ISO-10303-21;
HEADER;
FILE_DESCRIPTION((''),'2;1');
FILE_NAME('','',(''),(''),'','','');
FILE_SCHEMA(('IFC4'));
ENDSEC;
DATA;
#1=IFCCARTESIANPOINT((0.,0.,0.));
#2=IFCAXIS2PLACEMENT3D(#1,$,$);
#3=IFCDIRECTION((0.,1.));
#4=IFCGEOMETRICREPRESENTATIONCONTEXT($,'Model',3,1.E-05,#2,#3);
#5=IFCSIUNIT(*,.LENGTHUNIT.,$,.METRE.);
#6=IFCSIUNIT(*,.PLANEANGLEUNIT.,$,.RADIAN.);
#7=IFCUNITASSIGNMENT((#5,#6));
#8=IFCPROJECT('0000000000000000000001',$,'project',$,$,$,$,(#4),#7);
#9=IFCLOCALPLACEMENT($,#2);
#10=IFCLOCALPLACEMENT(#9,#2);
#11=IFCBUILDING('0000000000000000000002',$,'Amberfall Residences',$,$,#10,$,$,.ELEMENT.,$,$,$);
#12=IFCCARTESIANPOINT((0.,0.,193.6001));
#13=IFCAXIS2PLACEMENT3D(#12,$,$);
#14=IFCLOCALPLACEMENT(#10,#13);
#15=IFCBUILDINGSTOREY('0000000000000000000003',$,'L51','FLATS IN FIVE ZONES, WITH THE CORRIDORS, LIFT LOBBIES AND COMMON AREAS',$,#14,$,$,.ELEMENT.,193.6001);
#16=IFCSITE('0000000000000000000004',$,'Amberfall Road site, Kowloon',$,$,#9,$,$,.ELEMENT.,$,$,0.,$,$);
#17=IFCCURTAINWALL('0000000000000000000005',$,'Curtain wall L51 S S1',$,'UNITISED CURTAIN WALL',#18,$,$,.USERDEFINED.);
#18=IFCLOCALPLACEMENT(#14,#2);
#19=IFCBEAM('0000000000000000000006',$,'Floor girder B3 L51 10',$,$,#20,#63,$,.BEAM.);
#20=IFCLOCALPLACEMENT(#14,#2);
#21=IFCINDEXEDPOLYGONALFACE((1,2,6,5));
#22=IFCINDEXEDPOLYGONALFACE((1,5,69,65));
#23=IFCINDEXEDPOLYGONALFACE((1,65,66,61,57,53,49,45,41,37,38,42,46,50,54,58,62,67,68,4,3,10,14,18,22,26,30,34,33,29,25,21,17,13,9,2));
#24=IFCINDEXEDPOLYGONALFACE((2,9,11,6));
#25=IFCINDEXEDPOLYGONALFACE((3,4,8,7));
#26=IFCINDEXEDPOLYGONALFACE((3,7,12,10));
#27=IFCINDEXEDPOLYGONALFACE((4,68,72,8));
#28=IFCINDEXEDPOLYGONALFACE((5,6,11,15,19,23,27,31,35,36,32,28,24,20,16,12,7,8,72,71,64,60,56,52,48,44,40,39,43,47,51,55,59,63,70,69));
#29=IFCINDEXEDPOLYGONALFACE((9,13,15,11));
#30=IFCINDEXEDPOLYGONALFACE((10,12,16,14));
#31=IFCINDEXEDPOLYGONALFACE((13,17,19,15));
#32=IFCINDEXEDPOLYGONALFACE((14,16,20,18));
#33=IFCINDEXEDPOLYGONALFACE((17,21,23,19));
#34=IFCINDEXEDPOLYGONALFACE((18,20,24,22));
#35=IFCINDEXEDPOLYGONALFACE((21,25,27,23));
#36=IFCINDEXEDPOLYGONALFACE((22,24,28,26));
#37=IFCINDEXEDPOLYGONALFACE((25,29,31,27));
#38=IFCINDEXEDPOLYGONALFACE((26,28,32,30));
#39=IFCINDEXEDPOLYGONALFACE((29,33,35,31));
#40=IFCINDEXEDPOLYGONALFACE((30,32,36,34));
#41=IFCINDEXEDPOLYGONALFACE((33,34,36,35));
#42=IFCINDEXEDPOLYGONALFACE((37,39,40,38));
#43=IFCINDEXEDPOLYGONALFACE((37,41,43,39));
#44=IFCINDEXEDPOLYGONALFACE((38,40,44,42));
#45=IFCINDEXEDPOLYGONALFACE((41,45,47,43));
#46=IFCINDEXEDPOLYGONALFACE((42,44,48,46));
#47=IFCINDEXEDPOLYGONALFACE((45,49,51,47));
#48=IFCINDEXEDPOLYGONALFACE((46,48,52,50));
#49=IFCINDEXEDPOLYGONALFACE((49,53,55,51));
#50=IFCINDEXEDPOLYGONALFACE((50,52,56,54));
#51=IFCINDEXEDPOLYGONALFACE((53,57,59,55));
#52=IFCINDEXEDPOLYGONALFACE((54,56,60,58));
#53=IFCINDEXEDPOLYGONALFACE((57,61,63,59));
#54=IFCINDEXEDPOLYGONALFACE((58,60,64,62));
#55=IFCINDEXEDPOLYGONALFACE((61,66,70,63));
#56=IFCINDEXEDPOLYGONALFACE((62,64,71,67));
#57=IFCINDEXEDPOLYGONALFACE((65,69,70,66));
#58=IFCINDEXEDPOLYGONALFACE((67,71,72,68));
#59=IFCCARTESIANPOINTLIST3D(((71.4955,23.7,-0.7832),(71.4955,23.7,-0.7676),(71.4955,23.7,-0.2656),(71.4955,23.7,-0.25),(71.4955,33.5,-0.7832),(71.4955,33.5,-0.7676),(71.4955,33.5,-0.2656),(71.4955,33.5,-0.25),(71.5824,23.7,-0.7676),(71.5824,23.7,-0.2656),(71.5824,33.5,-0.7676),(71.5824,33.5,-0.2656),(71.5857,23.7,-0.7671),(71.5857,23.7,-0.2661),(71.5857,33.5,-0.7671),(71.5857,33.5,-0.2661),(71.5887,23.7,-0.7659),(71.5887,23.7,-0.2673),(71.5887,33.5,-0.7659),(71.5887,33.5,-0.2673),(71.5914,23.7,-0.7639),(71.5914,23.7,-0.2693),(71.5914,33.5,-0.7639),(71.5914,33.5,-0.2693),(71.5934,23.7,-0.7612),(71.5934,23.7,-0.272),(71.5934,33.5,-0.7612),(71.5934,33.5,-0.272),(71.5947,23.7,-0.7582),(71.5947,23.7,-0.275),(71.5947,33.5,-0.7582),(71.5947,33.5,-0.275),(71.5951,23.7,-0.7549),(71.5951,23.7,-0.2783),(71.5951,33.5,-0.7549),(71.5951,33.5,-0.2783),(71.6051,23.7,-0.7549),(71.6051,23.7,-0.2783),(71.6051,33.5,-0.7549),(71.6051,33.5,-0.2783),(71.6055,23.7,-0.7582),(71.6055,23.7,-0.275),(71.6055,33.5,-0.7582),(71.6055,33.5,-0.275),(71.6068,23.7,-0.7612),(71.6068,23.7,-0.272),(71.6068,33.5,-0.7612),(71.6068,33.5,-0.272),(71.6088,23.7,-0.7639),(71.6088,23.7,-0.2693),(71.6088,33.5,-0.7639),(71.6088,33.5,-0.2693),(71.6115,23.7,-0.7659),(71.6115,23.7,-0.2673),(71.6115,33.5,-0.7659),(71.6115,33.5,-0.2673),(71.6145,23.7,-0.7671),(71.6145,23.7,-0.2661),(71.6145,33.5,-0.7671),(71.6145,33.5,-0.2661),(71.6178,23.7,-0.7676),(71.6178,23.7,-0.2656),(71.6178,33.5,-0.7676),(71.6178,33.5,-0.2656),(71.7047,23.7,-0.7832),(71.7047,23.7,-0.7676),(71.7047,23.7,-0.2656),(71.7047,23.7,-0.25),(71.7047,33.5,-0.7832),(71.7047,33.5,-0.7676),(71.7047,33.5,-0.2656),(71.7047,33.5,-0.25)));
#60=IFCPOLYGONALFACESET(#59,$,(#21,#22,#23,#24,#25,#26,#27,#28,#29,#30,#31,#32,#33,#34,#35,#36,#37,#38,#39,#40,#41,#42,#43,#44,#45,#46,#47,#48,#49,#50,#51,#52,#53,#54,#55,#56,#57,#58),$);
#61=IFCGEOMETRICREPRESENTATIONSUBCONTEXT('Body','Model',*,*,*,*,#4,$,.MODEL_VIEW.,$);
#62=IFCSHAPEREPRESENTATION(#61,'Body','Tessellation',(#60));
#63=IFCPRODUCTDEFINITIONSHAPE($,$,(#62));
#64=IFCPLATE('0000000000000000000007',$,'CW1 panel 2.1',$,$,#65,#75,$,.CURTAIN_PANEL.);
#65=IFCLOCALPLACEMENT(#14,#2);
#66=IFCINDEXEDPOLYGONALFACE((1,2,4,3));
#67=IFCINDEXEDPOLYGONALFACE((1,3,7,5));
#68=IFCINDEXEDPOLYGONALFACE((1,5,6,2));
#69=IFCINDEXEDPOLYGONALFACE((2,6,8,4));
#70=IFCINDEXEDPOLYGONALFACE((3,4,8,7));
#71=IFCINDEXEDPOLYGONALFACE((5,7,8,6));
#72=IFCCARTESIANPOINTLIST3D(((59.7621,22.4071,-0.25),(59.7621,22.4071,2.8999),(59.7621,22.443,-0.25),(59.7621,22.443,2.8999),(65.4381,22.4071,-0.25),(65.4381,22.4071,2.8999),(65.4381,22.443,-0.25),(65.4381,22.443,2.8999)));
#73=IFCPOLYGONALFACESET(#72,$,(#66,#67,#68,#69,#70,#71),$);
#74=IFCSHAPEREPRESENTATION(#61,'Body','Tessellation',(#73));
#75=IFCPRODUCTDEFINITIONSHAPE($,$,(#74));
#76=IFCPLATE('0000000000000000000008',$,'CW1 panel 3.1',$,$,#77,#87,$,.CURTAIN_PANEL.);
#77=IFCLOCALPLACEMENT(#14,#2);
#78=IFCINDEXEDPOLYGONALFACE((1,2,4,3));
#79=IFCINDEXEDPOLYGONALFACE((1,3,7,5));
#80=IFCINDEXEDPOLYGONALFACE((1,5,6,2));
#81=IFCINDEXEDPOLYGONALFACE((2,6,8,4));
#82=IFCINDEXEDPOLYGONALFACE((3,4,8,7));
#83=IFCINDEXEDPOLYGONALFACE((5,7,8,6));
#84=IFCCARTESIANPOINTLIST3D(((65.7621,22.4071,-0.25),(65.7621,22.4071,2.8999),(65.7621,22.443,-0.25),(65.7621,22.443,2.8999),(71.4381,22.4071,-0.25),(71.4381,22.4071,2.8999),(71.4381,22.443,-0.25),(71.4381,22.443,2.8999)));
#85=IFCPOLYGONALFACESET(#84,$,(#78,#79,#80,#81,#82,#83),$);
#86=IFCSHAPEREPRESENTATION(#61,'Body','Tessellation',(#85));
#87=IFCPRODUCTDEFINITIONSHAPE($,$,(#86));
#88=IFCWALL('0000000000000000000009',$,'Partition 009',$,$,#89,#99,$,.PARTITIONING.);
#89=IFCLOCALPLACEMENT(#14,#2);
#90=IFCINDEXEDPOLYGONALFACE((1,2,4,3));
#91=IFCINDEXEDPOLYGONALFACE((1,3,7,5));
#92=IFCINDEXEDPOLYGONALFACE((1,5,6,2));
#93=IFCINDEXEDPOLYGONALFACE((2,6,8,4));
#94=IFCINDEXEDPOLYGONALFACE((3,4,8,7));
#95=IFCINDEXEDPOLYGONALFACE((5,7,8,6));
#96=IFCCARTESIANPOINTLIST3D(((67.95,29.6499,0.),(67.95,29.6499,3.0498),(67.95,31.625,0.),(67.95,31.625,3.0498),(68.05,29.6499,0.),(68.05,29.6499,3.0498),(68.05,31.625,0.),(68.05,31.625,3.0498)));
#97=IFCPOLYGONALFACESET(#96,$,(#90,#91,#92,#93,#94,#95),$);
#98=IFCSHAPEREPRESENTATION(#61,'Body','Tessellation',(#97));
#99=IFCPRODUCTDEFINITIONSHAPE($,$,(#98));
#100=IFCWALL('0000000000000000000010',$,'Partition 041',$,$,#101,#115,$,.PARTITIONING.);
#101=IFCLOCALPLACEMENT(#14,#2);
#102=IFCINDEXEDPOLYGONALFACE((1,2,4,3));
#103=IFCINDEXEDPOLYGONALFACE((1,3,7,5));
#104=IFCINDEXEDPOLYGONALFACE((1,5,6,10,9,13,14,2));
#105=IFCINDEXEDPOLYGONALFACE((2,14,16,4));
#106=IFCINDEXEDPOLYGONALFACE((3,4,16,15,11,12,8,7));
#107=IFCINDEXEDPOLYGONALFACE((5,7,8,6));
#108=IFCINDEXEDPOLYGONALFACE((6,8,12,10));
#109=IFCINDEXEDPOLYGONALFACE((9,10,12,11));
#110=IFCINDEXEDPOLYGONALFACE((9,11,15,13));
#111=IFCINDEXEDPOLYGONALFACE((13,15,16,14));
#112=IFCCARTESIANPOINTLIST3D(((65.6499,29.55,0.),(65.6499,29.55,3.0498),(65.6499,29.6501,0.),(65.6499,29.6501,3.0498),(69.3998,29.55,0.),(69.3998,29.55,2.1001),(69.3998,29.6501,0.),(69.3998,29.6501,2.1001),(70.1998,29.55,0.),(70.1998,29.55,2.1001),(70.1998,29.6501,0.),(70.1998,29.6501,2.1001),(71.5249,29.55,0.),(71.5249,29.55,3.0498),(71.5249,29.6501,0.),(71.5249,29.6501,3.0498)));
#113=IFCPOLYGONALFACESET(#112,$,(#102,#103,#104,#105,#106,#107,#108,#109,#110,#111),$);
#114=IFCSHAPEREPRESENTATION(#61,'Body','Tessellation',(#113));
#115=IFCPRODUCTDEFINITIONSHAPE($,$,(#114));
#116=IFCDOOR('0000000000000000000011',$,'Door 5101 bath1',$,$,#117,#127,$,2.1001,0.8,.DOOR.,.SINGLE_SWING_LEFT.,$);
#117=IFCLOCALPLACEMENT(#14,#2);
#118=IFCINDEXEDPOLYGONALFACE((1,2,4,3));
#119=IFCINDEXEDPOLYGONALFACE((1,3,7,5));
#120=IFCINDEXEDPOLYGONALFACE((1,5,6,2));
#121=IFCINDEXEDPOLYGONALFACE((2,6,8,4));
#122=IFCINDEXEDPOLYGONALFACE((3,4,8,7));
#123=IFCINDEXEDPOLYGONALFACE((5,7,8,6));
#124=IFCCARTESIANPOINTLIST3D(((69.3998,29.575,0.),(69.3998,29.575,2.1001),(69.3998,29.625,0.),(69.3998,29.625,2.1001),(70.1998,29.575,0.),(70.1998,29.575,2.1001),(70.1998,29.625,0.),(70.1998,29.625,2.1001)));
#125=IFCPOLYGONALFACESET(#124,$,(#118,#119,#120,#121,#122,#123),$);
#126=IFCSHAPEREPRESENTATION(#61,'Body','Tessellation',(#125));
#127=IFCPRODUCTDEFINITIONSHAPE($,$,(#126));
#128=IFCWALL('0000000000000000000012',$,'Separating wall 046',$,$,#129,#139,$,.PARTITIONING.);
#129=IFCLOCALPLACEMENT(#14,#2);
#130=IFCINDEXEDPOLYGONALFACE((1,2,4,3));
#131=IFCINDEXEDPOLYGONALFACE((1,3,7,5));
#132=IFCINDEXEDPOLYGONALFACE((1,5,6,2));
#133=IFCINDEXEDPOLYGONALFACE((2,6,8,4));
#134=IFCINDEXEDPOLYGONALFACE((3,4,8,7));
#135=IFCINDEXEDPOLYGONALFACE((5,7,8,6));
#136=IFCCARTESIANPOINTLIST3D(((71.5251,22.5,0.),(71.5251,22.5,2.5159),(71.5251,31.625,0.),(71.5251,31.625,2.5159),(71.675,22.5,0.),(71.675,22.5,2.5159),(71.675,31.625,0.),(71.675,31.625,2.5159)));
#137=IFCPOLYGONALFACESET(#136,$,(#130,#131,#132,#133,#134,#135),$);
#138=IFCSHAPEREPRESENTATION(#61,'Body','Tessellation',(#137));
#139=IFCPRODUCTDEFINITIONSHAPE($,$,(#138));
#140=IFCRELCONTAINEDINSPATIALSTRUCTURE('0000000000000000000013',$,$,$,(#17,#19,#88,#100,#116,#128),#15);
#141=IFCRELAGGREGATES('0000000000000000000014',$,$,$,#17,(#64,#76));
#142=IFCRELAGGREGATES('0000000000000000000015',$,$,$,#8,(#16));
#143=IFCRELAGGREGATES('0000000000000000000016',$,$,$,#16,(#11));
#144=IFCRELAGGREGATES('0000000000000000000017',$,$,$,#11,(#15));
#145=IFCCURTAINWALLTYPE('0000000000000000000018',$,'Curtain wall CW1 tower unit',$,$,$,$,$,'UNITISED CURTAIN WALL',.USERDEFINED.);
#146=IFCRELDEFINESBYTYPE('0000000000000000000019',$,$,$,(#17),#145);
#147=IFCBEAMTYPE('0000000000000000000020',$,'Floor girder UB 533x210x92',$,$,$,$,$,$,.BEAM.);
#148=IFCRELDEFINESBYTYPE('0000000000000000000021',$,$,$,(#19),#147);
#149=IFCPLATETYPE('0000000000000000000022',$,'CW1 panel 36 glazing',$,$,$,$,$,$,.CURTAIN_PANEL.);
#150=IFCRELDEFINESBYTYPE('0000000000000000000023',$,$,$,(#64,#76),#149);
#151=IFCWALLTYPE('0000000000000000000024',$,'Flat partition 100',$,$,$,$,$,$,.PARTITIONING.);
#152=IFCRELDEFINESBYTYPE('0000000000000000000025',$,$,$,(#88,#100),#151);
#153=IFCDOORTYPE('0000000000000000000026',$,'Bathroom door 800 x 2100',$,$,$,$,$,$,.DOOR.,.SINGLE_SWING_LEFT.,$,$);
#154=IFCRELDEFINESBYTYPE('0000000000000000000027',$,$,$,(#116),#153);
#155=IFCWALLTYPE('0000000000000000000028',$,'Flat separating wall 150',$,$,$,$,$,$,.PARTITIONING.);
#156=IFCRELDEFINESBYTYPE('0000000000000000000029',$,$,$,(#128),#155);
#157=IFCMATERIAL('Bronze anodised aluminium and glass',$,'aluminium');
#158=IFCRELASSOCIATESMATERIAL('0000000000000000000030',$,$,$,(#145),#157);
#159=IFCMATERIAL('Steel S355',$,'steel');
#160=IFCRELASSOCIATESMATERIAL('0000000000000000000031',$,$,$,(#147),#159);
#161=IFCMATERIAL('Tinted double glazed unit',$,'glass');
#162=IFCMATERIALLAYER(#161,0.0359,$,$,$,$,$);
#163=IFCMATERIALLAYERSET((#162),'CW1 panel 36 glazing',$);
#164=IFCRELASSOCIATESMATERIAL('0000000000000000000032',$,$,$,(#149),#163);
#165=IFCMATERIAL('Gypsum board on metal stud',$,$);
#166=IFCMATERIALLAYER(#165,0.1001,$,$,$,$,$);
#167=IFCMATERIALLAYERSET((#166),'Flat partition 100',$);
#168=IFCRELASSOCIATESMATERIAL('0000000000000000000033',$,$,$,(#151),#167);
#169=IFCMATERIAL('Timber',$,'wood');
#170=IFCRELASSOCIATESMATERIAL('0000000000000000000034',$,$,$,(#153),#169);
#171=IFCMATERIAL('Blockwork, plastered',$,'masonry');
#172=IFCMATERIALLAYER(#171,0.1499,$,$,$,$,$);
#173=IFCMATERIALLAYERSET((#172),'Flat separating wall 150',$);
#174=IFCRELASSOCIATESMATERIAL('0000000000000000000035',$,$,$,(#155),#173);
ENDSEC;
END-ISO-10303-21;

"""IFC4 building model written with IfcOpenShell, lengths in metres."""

from ifc_helpers import new_model, si_unit, direction, frame, frame_2d, origin, origin_2d, place, context, subcontext, project, spatial, rectangle, i_section, extrude, material, layer, layer_set, material_profile, profile_set, type_object, element, fill, aggregate, save


model = new_model("IFC4")

# Units and contexts
model_context = context("Model", 3, precision=1e-05, world=origin(), true_north=direction((0.0, 1.0)))
body_context = subcontext(model_context, "Body", "Model", "MODEL_VIEW")
ifc_project = project(units=[si_unit("LENGTHUNIT", "METRE"), si_unit("PLANEANGLEUNIT", "RADIAN")], contexts=[model_context])

# Site, building, storey
site_placement = place(None, origin())
site = spatial("IfcSite", under=ifc_project, at=site_placement, Name="Amberfall Road site, Kowloon", CompositionType="ELEMENT", RefElevation=0.0)
building_placement = place(site_placement, origin())
building = spatial("IfcBuilding", under=site, at=building_placement, Name="Amberfall Residences", CompositionType="ELEMENT")
storey_placement = place(building_placement, frame((0.0, 0.0, 193.6001)))
storey = spatial("IfcBuildingStorey", under=building, at=storey_placement, Name="L51", Description="FLATS IN FIVE ZONES, WITH THE CORRIDORS, LIFT LOBBIES AND COMMON AREAS", CompositionType="ELEMENT", Elevation=193.6001)

# Curtain wall
ifc_material_1 = material(Name="Bronze anodised aluminium and glass", Category="aluminium")
curtain_wall_type = type_object("IfcCurtainWallType", Name="Curtain wall CW1 tower unit", ElementType="UNITISED CURTAIN WALL", PredefinedType="USERDEFINED", material=ifc_material_1)
curtain_wall_placement = place(storey_placement, origin())
curtain_wall = element("IfcCurtainWall", 1, at=curtain_wall_placement, inside=storey, type_object=curtain_wall_type, Name="Curtain wall L51 S S1", ObjectType="UNITISED CURTAIN WALL", PredefinedType="USERDEFINED")

# Shared definitions
ifc_material_2 = material(Name="Steel S355", Category="steel")

# Beam
ifc_material_profile_1 = material_profile(ifc_material_2, i_section(OverallWidth=0.2092, OverallDepth=0.5332, WebThickness=0.01, FlangeThickness=0.0156, FilletRadius=0.0127, at=origin_2d()), Name="UB 533x210x92")
ifc_profile_set_1 = profile_set([ifc_material_profile_1], Name="Steel S355")
beam_type_1 = type_object("IfcBeamType", Name="Floor girder UB 533x210x92", PredefinedType="BEAM", material=ifc_profile_set_1)
for number, where, z_axis, x_axis, name in (
    (2, (71.6001, 23.7, -0.5166), (0.0, 1.0, 0.0), (-1.0, 0.0, 0.0), "Floor girder B3 L51 10"),
):
    element("IfcBeam", number, at=place(storey_placement, frame(where, z_axis=z_axis, x_axis=x_axis)), inside=storey, type_object=beam_type_1, Name=name, PredefinedType="BEAM", context=body_context, shape_type="SweptSolid", body=[
        extrude(i_section(OverallWidth=0.2092, OverallDepth=0.5332, WebThickness=0.01, FlangeThickness=0.0156, FilletRadius=0.0127, at=origin_2d()), origin(), (0.0, 0.0, 1.0), 9.8),
    ])

# Plates
ifc_material_3 = material(Name="Tinted double glazed unit", Category="glass")
ifc_layer_1 = layer(ifc_material_3, 0.0359)
ifc_layer_set_1 = layer_set([ifc_layer_1], Name="CW1 panel 36 glazing")
plate_type = type_object("IfcPlateType", Name="CW1 panel 36 glazing", PredefinedType="CURTAIN_PANEL", material=ifc_layer_set_1)
plate_1_placement = place(storey_placement, frame((62.6001, 22.425, -0.25), z_axis=(0.0, 0.0, 1.0), x_axis=(1.0, 0.0, 0.0)))
plate_1 = element("IfcPlate", 3, at=plate_1_placement, type_object=plate_type, Name="CW1 panel 2.1", PredefinedType="CURTAIN_PANEL", context=body_context, shape_type="SweptSolid", body=[
    extrude(rectangle(XDim=5.676, YDim=0.0359, at=origin_2d()), origin(), (0.0, 0.0, 1.0), 3.1499),
])
plate_2_placement = place(storey_placement, frame((68.6001, 22.425, -0.25), z_axis=(0.0, 0.0, 1.0), x_axis=(1.0, 0.0, 0.0)))
plate_2 = element("IfcPlate", 4, at=plate_2_placement, type_object=plate_type, Name="CW1 panel 3.1", PredefinedType="CURTAIN_PANEL", context=body_context, shape_type="SweptSolid", body=[
    extrude(rectangle(XDim=5.676, YDim=0.0359, at=origin_2d()), origin(), (0.0, 0.0, 1.0), 3.1499),
])
aggregate(curtain_wall, [plate_1, plate_2])

# Wall
ifc_material_4 = material(Name="Gypsum board on metal stud")
ifc_layer_2 = layer(ifc_material_4, 0.1001)
ifc_layer_set_2 = layer_set([ifc_layer_2], Name="Flat partition 100")
wall_type_1 = type_object("IfcWallType", Name="Flat partition 100", PredefinedType="PARTITIONING", material=ifc_layer_set_2)
wall_1_placement = place(storey_placement, frame((68.0, 29.6499, 0.0), z_axis=(0.0, 0.0, 1.0), x_axis=(0.0, 1.0, 0.0)))
element("IfcWall", 5, at=wall_1_placement, inside=storey, type_object=wall_type_1, Name="Partition 009", PredefinedType="PARTITIONING", context=body_context, shape_type="SweptSolid", body=[
    extrude(rectangle(XDim=1.9751, YDim=0.1001, at=frame_2d((0.9875, 0.0))), origin(), (0.0, 0.0, 1.0), 3.0498),
])

# Wall, opening, door
wall_2_placement = place(storey_placement, frame((65.6499, 29.6001, 0.0), z_axis=(0.0, 0.0, 1.0), x_axis=(1.0, 0.0, 0.0)))
wall_2 = element("IfcWall", 6, at=wall_2_placement, inside=storey, type_object=wall_type_1, Name="Partition 041", PredefinedType="PARTITIONING", context=body_context, shape_type="SweptSolid", body=[
    extrude(rectangle(XDim=5.875, YDim=0.1001, at=frame_2d((2.9375, 0.0))), origin(), (0.0, 0.0, 1.0), 3.0498),
])
opening_placement = place(wall_2_placement, frame((3.75, 0.0, 0.0)))
opening = element("IfcOpeningElement", 7, at=opening_placement, cuts=wall_2, PredefinedType="OPENING", context=body_context, shape_type="SweptSolid", body=[
    extrude(rectangle(XDim=0.8, YDim=2.1001, at=frame_2d((0.3999, 1.05))), frame((0.0, 0.0601, 0.0), z_axis=(0.0, -1.0, 0.0), x_axis=(1.0, 0.0, 0.0)), (0.0, 0.0, 1.0), 0.1201),
])
ifc_material_5 = material(Name="Timber", Category="wood")
door_type = type_object("IfcDoorType", Name="Bathroom door 800 x 2100", OperationType="SINGLE_SWING_LEFT", PredefinedType="DOOR", material=ifc_material_5)
door_placement = place(opening_placement, origin())
door = element("IfcDoor", 8, at=door_placement, inside=storey, type_object=door_type, Name="Door 5101 bath1", OperationType="SINGLE_SWING_LEFT", OverallHeight=2.1001, OverallWidth=0.8, PredefinedType="DOOR", context=body_context, shape_type="SweptSolid", body=[
    extrude(rectangle(XDim=0.8, YDim=2.1001, at=frame_2d((0.3999, 1.05))), frame((0.0, 0.0249, 0.0), z_axis=(0.0, -1.0, 0.0), x_axis=(1.0, 0.0, 0.0)), (0.0, 0.0, 1.0), 0.05),
])
fill(opening, door)

# Wall
ifc_material_6 = material(Name="Blockwork, plastered", Category="masonry")
ifc_layer_3 = layer(ifc_material_6, 0.1499)
ifc_layer_set_3 = layer_set([ifc_layer_3], Name="Flat separating wall 150")
wall_type_2 = type_object("IfcWallType", Name="Flat separating wall 150", PredefinedType="PARTITIONING", material=ifc_layer_set_3)
wall_3_placement = place(storey_placement, frame((71.6001, 22.5, 0.0), z_axis=(0.0, 0.0, 1.0), x_axis=(0.0, 1.0, 0.0)))
element("IfcWall", 9, at=wall_3_placement, inside=storey, type_object=wall_type_2, Name="Separating wall 046", PredefinedType="PARTITIONING", context=body_context, shape_type="SweptSolid", body=[
    extrude(rectangle(XDim=9.125, YDim=0.1499, at=frame_2d((4.5625, 0.0))), origin(), (0.0, 0.0, 1.0), 2.5159),
])

save(model, "model.ifc")
